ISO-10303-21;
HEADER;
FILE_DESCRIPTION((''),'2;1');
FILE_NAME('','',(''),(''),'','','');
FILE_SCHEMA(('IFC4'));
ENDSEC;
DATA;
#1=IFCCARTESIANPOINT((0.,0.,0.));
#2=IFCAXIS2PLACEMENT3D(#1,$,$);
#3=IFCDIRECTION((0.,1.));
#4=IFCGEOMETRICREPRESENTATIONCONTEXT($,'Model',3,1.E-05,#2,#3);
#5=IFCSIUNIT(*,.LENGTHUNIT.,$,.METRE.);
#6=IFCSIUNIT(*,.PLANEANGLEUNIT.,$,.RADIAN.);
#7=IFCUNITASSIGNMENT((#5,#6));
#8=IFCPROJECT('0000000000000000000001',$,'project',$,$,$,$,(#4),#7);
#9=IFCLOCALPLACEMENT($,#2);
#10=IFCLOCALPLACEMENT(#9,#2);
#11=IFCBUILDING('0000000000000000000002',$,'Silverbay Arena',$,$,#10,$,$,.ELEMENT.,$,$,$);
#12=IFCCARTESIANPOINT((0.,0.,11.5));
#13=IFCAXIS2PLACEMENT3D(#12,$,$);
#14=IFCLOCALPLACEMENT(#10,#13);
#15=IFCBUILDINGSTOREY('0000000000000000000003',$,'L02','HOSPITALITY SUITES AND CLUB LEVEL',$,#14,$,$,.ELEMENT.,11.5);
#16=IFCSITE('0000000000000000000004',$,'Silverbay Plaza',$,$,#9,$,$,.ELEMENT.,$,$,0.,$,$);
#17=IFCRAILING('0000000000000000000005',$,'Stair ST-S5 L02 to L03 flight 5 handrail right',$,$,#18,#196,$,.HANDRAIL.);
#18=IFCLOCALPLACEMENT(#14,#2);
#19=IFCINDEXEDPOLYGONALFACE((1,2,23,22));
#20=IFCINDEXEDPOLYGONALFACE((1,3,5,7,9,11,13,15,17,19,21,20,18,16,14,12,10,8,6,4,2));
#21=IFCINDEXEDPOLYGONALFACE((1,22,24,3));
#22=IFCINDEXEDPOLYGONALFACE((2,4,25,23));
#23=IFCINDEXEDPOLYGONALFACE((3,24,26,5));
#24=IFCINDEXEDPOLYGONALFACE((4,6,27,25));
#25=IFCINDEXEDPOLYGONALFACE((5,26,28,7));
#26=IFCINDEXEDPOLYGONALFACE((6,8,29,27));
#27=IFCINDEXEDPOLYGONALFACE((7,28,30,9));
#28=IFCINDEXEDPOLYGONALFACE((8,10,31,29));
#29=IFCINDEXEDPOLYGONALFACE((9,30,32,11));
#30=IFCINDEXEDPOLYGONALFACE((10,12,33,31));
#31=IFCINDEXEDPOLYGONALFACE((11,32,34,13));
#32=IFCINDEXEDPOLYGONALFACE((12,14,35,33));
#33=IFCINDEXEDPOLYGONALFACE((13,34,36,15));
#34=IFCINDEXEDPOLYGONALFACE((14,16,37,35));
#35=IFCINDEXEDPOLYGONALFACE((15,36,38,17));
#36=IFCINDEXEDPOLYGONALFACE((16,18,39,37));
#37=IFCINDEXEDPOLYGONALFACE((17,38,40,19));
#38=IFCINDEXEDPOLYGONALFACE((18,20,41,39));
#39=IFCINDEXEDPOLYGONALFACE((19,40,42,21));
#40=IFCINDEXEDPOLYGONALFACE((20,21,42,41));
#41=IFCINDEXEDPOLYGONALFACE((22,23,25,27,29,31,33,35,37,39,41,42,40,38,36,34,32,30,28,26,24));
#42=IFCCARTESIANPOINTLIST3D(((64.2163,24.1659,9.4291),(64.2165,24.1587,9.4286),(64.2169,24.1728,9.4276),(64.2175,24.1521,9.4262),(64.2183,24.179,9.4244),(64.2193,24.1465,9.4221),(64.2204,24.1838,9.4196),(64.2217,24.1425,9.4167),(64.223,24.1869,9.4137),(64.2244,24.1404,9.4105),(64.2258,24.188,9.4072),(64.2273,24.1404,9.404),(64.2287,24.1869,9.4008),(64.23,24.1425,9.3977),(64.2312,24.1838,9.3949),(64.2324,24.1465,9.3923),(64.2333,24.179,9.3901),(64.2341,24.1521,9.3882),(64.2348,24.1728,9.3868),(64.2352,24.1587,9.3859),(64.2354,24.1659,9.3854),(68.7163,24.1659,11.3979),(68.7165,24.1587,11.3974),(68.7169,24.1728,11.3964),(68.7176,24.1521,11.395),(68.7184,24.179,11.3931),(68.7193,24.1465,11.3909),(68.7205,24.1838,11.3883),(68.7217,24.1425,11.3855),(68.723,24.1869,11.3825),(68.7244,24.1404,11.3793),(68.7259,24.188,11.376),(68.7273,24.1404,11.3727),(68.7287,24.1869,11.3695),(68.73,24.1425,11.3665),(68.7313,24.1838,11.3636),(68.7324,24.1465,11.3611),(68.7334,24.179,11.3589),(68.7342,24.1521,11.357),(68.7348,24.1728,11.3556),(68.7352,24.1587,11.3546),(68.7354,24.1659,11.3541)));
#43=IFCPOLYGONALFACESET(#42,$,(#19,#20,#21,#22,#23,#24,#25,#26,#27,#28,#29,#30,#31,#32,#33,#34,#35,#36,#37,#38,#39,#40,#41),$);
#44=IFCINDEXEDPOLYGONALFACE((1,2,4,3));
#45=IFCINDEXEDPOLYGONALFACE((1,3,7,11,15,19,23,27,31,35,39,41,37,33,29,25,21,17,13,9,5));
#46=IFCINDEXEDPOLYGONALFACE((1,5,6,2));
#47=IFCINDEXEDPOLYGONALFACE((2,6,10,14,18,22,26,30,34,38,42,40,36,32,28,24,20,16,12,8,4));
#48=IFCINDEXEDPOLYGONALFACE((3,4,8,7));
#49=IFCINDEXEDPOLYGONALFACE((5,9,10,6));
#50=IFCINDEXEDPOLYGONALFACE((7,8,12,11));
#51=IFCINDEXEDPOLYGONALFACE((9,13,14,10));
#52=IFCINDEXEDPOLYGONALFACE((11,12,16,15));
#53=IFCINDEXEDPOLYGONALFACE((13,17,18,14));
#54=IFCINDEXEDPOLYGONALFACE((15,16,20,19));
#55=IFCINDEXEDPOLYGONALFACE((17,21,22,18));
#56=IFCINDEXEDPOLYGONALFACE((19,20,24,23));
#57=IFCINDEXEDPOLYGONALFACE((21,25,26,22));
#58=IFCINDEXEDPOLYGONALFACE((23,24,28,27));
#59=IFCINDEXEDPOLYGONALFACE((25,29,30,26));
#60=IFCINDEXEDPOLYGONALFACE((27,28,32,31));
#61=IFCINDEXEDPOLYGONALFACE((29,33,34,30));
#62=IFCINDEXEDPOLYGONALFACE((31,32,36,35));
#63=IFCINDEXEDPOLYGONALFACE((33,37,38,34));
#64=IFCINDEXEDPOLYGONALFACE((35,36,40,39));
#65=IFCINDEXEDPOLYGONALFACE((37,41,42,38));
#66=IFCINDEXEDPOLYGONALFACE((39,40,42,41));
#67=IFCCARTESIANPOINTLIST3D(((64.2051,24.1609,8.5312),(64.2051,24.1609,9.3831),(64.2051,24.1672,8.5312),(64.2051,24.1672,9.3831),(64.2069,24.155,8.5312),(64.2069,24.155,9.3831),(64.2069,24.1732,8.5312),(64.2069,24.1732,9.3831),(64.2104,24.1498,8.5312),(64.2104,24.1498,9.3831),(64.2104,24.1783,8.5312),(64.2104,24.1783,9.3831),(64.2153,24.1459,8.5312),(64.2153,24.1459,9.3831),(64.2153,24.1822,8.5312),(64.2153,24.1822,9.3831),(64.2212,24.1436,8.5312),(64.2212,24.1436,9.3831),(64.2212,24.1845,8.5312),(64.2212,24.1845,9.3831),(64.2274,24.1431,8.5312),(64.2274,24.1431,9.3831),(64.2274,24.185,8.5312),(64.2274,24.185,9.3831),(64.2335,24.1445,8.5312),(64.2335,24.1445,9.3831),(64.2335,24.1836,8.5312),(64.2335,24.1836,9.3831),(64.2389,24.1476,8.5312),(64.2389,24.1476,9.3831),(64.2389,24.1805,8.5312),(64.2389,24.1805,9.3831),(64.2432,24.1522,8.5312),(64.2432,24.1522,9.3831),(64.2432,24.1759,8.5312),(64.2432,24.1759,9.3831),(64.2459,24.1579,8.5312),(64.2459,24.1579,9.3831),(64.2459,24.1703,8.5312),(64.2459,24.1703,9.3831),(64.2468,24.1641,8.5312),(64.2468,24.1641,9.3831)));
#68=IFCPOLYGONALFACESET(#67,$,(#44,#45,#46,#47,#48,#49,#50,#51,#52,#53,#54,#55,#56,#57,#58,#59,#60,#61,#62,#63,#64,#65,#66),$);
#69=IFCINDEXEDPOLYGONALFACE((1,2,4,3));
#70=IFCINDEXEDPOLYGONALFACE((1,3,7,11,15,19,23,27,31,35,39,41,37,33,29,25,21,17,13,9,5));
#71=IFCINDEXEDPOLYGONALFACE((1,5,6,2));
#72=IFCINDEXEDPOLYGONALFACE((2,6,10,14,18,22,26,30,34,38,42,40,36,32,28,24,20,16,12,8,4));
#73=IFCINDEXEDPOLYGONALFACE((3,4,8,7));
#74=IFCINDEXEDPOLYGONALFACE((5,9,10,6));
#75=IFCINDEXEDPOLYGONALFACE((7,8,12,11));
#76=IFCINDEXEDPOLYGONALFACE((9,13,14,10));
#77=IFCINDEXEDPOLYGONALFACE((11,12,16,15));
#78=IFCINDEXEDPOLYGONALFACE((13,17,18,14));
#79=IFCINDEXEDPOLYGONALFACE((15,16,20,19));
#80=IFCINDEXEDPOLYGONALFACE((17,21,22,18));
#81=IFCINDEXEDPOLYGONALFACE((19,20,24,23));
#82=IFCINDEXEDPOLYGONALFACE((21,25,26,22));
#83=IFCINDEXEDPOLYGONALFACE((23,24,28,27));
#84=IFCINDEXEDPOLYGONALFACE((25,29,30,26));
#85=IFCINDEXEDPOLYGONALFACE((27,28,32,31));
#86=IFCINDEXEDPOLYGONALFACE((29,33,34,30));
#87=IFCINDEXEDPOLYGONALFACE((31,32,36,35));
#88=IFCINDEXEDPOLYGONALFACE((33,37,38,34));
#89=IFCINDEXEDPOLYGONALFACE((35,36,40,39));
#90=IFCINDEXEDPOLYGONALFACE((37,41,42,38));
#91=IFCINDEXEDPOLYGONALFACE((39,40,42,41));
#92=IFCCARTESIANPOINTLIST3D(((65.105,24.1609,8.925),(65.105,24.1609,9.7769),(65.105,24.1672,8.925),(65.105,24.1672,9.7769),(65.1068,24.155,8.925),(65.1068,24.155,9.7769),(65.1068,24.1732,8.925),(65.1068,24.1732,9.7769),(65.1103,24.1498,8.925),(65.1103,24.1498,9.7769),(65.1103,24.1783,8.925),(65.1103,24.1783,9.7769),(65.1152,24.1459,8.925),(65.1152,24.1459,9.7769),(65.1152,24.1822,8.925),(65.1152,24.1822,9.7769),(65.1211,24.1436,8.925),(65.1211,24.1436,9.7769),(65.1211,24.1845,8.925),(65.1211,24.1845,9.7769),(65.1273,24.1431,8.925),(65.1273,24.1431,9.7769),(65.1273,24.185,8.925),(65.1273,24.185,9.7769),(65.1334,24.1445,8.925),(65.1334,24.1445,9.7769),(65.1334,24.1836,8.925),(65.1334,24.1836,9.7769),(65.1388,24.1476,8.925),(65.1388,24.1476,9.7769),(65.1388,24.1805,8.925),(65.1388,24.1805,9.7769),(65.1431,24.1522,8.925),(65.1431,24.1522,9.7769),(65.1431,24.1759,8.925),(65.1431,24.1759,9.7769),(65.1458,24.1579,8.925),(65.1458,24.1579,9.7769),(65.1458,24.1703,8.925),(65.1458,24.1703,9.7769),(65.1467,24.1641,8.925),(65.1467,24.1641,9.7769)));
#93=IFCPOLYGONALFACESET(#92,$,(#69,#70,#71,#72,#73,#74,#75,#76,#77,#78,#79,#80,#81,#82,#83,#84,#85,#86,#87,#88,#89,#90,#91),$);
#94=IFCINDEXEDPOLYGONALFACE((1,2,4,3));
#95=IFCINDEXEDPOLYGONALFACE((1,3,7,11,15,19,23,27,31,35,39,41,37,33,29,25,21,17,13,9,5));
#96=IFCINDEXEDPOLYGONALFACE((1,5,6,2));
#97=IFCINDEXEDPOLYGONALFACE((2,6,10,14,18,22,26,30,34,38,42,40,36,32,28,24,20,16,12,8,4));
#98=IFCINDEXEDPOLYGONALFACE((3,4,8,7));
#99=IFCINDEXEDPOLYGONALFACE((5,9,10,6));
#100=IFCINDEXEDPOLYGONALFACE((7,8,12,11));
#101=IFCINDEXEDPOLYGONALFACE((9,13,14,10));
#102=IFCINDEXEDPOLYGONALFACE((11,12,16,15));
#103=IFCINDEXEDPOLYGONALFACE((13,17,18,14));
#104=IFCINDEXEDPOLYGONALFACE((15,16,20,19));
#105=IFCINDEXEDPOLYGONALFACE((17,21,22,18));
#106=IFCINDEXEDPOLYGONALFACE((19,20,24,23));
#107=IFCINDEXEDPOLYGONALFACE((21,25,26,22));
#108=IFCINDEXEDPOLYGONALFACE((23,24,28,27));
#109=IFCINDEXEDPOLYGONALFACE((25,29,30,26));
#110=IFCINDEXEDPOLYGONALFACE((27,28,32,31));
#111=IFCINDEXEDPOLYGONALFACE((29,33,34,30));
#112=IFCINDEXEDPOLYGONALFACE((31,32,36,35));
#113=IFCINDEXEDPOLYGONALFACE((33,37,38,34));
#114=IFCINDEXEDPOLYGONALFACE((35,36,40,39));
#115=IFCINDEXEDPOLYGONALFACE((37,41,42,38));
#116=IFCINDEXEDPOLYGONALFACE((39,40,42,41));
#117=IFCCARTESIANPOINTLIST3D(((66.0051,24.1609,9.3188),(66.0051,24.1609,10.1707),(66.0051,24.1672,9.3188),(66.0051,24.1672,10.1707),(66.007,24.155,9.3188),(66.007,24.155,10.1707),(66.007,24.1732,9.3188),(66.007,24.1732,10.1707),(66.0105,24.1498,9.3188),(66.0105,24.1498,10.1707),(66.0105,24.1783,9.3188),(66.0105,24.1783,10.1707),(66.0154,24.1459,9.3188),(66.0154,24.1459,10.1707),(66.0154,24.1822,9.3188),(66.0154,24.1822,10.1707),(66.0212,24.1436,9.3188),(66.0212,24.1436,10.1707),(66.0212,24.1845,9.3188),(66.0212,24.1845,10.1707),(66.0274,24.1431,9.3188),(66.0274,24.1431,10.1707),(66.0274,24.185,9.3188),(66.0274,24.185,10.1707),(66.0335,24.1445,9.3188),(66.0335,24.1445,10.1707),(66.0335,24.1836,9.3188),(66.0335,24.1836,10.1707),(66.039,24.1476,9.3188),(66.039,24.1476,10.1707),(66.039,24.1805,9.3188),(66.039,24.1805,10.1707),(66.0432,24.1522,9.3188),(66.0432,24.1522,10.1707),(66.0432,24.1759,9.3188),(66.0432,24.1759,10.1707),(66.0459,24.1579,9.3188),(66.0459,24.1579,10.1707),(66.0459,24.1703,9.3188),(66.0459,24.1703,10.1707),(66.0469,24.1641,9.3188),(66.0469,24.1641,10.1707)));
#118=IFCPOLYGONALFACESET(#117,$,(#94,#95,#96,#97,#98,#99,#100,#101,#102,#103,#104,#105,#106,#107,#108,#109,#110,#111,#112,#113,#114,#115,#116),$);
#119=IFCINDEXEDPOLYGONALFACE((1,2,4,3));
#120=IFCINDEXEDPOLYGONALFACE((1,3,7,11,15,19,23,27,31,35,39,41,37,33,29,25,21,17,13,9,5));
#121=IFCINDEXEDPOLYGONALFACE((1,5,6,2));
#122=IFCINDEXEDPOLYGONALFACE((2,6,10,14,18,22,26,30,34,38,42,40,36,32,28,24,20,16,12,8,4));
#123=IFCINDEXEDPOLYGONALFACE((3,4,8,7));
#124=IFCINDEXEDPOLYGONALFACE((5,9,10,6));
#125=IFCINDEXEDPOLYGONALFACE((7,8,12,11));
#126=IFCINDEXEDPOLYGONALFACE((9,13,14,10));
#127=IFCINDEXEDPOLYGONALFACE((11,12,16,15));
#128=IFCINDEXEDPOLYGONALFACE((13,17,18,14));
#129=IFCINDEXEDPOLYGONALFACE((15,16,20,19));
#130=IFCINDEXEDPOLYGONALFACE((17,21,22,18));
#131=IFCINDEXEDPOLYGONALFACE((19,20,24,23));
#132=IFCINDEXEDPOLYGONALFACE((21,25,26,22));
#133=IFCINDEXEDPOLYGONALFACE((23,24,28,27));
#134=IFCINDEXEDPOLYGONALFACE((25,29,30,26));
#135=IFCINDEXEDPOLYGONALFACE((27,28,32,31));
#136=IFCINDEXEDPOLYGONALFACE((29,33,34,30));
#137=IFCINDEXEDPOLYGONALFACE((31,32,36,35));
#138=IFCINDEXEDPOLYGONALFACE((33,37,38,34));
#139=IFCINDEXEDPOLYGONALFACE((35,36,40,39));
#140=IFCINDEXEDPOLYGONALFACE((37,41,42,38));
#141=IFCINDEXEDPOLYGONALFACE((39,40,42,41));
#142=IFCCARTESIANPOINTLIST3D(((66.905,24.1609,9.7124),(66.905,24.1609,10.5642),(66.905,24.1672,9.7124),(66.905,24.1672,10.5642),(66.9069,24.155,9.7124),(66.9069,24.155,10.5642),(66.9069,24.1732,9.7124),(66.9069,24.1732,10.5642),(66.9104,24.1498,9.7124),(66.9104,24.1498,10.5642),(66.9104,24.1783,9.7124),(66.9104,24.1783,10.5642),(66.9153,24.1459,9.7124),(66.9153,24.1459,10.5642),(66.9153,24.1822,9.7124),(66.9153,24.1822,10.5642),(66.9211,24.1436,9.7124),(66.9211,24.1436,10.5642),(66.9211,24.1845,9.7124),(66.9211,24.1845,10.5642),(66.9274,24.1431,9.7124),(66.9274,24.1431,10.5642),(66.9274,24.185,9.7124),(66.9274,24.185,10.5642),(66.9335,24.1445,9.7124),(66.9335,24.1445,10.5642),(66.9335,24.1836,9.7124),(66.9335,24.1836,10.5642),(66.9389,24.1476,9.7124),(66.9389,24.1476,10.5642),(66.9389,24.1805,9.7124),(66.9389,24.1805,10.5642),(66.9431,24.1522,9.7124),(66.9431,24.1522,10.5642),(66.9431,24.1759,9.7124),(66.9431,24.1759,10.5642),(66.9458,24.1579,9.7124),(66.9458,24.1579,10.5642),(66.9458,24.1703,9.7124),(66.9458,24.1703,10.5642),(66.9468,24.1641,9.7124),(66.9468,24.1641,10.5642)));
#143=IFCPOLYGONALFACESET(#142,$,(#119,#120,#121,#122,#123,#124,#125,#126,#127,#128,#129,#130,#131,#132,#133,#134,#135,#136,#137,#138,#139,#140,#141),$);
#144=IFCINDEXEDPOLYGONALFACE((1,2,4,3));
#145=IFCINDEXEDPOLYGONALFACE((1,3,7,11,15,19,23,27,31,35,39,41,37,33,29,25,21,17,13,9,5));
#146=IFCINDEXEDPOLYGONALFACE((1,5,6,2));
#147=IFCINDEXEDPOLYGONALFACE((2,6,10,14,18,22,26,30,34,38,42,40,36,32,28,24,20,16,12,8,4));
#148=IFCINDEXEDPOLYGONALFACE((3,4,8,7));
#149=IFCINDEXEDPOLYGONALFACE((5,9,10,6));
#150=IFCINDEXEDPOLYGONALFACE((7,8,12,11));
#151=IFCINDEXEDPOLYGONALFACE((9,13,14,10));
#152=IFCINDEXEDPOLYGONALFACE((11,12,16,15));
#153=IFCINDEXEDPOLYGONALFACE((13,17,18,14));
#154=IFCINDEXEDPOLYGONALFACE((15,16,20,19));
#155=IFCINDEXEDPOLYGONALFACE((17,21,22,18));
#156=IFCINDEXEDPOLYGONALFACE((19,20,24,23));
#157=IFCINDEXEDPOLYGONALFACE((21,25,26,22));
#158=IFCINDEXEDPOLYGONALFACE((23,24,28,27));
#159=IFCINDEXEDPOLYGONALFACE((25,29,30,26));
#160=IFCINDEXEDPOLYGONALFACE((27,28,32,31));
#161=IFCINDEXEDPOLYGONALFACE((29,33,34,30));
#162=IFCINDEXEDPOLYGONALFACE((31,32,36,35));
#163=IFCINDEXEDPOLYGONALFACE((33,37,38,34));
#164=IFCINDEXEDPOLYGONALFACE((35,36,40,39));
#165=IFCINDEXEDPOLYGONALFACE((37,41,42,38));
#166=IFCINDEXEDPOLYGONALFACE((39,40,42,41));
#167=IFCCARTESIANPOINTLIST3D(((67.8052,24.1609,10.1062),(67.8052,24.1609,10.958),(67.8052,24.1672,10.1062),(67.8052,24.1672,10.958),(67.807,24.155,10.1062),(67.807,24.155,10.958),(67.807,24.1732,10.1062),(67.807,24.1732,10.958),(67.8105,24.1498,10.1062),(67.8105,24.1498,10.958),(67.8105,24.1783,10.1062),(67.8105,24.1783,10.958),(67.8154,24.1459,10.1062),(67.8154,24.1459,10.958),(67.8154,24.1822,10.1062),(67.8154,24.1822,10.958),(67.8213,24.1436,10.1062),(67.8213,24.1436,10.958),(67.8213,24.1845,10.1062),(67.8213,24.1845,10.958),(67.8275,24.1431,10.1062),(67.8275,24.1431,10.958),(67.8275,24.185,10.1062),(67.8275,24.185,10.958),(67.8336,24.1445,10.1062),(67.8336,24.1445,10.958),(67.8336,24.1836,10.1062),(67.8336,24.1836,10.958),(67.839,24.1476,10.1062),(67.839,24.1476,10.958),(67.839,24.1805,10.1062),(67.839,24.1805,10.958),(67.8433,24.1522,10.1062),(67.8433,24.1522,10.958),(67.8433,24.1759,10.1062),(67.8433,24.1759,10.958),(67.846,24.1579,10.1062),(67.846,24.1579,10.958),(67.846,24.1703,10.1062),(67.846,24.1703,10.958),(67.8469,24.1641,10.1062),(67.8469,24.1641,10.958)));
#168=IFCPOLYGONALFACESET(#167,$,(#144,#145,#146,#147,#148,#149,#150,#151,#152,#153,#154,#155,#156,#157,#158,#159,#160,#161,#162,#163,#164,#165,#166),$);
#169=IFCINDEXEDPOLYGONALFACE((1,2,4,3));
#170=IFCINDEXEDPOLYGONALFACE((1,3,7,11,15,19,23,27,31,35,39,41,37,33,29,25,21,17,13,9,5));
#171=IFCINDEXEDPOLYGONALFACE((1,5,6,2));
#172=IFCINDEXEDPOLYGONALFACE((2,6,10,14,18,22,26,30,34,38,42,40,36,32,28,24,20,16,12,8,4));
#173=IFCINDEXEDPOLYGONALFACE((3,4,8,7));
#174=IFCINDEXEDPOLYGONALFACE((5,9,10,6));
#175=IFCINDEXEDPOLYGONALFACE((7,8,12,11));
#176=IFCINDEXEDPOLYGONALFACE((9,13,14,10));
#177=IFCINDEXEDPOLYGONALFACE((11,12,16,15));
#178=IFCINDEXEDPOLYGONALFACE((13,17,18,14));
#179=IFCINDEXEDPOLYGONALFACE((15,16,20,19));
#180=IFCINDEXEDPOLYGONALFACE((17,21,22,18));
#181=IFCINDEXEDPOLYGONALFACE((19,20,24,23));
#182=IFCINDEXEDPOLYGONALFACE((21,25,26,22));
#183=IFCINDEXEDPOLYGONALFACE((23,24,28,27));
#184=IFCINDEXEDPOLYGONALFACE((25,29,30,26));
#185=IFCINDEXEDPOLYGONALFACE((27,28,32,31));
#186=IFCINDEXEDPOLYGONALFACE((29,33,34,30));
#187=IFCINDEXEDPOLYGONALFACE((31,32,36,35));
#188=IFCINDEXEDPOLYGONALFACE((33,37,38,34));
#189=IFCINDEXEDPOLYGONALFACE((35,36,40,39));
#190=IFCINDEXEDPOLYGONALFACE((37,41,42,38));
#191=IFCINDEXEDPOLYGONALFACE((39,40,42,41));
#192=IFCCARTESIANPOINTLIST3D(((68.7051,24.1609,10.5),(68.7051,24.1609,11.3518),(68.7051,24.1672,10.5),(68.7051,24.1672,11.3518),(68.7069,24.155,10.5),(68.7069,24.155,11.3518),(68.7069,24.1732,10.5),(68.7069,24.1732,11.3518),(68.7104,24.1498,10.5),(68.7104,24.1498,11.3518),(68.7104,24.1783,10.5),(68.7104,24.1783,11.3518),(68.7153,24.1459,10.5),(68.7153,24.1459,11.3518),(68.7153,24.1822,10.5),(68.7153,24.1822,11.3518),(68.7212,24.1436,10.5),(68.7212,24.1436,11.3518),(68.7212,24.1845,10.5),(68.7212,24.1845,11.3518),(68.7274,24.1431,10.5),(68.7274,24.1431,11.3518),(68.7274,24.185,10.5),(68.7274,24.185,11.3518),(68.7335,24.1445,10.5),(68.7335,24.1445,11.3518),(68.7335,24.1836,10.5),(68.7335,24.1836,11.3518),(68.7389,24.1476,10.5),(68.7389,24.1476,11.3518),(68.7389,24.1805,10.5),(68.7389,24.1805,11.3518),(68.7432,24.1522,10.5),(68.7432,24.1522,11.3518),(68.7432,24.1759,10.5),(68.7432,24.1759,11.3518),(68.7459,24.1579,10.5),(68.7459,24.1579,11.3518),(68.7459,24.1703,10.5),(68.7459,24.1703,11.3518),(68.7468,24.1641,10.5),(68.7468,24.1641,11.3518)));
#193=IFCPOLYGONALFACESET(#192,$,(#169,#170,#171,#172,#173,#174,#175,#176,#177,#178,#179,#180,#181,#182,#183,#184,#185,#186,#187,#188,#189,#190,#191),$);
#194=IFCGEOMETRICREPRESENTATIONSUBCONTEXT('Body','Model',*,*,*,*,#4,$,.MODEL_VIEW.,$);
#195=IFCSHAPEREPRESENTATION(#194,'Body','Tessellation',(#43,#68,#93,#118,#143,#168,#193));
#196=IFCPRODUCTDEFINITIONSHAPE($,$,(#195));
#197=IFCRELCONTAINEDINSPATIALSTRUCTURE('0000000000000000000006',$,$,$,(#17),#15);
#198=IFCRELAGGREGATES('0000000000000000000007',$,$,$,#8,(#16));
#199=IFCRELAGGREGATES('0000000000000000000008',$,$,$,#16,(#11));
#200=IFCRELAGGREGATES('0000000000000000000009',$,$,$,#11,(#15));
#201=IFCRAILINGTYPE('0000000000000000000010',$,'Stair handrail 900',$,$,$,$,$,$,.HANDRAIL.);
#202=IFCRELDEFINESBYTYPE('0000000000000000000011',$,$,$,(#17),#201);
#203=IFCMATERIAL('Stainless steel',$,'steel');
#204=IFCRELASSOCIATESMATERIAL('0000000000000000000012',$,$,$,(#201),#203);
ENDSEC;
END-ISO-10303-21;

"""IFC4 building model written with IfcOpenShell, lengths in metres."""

from ifc_helpers import new_model, si_unit, direction, frame, origin, origin_2d, place, context, subcontext, project, spatial, circle, extrude, material, type_object, element, save


model = new_model("IFC4")

# Units and contexts
model_context = context("Model", 3, precision=1e-05, world=origin(), true_north=direction((0.0, 1.0)))
body_context = subcontext(model_context, "Body", "Model", "MODEL_VIEW")
ifc_project = project(units=[si_unit("LENGTHUNIT", "METRE"), si_unit("PLANEANGLEUNIT", "RADIAN")], contexts=[model_context])

# Site, building, storey
site_placement = place(None, origin())
site = spatial("IfcSite", under=ifc_project, at=site_placement, Name="Silverbay Plaza", CompositionType="ELEMENT", RefElevation=0.0)
building_placement = place(site_placement, origin())
building = spatial("IfcBuilding", under=site, at=building_placement, Name="Silverbay Arena", CompositionType="ELEMENT")
storey_placement = place(building_placement, frame((0.0, 0.0, 11.5)))
storey = spatial("IfcBuildingStorey", under=building, at=storey_placement, Name="L02", Description="HOSPITALITY SUITES AND CLUB LEVEL", CompositionType="ELEMENT", Elevation=11.5)

# Railing
ifc_material_1 = material(Name="Stainless steel", Category="steel")
railing_type_1 = type_object("IfcRailingType", Name="Stair handrail 900", PredefinedType="HANDRAIL", material=ifc_material_1)
for number, where, name in (
    (1, (64.2258, 24.1641, 8.5312), "Stair ST-S5 L02 to L03 flight 5 handrail right"),
):
    element("IfcRailing", number, at=place(storey_placement, frame(where)), inside=storey, type_object=railing_type_1, Name=name, PredefinedType="HANDRAIL", context=body_context, shape_type="SweptSolid", body=[
        extrude(circle(Radius=0.0239, at=origin_2d()), frame((0.0, 0.0, 0.876), z_axis=(0.916157, 0.0, 0.400819), x_axis=(0.0, 1.0, 0.0)), (0.0, 0.0, 1.0), 4.9119),
        extrude(circle(Radius=0.021, at=origin_2d()), origin(), (0.0, 0.0, 1.0), 0.8518),
        extrude(circle(Radius=0.021, at=origin_2d()), frame((0.8999, 0.0, 0.3938)), (0.0, 0.0, 1.0), 0.8518),
        extrude(circle(Radius=0.021, at=origin_2d()), frame((1.8, 0.0, 0.7876)), (0.0, 0.0, 1.0), 0.8518),
        extrude(circle(Radius=0.021, at=origin_2d()), frame((2.7, 0.0, 1.1812)), (0.0, 0.0, 1.0), 0.8518),
        extrude(circle(Radius=0.021, at=origin_2d()), frame((3.6001, 0.0, 1.575)), (0.0, 0.0, 1.0), 0.8518),
        extrude(circle(Radius=0.021, at=origin_2d()), frame((4.5, 0.0, 1.9688)), (0.0, 0.0, 1.0), 0.8518),
    ])

save(model, "model.ifc")
